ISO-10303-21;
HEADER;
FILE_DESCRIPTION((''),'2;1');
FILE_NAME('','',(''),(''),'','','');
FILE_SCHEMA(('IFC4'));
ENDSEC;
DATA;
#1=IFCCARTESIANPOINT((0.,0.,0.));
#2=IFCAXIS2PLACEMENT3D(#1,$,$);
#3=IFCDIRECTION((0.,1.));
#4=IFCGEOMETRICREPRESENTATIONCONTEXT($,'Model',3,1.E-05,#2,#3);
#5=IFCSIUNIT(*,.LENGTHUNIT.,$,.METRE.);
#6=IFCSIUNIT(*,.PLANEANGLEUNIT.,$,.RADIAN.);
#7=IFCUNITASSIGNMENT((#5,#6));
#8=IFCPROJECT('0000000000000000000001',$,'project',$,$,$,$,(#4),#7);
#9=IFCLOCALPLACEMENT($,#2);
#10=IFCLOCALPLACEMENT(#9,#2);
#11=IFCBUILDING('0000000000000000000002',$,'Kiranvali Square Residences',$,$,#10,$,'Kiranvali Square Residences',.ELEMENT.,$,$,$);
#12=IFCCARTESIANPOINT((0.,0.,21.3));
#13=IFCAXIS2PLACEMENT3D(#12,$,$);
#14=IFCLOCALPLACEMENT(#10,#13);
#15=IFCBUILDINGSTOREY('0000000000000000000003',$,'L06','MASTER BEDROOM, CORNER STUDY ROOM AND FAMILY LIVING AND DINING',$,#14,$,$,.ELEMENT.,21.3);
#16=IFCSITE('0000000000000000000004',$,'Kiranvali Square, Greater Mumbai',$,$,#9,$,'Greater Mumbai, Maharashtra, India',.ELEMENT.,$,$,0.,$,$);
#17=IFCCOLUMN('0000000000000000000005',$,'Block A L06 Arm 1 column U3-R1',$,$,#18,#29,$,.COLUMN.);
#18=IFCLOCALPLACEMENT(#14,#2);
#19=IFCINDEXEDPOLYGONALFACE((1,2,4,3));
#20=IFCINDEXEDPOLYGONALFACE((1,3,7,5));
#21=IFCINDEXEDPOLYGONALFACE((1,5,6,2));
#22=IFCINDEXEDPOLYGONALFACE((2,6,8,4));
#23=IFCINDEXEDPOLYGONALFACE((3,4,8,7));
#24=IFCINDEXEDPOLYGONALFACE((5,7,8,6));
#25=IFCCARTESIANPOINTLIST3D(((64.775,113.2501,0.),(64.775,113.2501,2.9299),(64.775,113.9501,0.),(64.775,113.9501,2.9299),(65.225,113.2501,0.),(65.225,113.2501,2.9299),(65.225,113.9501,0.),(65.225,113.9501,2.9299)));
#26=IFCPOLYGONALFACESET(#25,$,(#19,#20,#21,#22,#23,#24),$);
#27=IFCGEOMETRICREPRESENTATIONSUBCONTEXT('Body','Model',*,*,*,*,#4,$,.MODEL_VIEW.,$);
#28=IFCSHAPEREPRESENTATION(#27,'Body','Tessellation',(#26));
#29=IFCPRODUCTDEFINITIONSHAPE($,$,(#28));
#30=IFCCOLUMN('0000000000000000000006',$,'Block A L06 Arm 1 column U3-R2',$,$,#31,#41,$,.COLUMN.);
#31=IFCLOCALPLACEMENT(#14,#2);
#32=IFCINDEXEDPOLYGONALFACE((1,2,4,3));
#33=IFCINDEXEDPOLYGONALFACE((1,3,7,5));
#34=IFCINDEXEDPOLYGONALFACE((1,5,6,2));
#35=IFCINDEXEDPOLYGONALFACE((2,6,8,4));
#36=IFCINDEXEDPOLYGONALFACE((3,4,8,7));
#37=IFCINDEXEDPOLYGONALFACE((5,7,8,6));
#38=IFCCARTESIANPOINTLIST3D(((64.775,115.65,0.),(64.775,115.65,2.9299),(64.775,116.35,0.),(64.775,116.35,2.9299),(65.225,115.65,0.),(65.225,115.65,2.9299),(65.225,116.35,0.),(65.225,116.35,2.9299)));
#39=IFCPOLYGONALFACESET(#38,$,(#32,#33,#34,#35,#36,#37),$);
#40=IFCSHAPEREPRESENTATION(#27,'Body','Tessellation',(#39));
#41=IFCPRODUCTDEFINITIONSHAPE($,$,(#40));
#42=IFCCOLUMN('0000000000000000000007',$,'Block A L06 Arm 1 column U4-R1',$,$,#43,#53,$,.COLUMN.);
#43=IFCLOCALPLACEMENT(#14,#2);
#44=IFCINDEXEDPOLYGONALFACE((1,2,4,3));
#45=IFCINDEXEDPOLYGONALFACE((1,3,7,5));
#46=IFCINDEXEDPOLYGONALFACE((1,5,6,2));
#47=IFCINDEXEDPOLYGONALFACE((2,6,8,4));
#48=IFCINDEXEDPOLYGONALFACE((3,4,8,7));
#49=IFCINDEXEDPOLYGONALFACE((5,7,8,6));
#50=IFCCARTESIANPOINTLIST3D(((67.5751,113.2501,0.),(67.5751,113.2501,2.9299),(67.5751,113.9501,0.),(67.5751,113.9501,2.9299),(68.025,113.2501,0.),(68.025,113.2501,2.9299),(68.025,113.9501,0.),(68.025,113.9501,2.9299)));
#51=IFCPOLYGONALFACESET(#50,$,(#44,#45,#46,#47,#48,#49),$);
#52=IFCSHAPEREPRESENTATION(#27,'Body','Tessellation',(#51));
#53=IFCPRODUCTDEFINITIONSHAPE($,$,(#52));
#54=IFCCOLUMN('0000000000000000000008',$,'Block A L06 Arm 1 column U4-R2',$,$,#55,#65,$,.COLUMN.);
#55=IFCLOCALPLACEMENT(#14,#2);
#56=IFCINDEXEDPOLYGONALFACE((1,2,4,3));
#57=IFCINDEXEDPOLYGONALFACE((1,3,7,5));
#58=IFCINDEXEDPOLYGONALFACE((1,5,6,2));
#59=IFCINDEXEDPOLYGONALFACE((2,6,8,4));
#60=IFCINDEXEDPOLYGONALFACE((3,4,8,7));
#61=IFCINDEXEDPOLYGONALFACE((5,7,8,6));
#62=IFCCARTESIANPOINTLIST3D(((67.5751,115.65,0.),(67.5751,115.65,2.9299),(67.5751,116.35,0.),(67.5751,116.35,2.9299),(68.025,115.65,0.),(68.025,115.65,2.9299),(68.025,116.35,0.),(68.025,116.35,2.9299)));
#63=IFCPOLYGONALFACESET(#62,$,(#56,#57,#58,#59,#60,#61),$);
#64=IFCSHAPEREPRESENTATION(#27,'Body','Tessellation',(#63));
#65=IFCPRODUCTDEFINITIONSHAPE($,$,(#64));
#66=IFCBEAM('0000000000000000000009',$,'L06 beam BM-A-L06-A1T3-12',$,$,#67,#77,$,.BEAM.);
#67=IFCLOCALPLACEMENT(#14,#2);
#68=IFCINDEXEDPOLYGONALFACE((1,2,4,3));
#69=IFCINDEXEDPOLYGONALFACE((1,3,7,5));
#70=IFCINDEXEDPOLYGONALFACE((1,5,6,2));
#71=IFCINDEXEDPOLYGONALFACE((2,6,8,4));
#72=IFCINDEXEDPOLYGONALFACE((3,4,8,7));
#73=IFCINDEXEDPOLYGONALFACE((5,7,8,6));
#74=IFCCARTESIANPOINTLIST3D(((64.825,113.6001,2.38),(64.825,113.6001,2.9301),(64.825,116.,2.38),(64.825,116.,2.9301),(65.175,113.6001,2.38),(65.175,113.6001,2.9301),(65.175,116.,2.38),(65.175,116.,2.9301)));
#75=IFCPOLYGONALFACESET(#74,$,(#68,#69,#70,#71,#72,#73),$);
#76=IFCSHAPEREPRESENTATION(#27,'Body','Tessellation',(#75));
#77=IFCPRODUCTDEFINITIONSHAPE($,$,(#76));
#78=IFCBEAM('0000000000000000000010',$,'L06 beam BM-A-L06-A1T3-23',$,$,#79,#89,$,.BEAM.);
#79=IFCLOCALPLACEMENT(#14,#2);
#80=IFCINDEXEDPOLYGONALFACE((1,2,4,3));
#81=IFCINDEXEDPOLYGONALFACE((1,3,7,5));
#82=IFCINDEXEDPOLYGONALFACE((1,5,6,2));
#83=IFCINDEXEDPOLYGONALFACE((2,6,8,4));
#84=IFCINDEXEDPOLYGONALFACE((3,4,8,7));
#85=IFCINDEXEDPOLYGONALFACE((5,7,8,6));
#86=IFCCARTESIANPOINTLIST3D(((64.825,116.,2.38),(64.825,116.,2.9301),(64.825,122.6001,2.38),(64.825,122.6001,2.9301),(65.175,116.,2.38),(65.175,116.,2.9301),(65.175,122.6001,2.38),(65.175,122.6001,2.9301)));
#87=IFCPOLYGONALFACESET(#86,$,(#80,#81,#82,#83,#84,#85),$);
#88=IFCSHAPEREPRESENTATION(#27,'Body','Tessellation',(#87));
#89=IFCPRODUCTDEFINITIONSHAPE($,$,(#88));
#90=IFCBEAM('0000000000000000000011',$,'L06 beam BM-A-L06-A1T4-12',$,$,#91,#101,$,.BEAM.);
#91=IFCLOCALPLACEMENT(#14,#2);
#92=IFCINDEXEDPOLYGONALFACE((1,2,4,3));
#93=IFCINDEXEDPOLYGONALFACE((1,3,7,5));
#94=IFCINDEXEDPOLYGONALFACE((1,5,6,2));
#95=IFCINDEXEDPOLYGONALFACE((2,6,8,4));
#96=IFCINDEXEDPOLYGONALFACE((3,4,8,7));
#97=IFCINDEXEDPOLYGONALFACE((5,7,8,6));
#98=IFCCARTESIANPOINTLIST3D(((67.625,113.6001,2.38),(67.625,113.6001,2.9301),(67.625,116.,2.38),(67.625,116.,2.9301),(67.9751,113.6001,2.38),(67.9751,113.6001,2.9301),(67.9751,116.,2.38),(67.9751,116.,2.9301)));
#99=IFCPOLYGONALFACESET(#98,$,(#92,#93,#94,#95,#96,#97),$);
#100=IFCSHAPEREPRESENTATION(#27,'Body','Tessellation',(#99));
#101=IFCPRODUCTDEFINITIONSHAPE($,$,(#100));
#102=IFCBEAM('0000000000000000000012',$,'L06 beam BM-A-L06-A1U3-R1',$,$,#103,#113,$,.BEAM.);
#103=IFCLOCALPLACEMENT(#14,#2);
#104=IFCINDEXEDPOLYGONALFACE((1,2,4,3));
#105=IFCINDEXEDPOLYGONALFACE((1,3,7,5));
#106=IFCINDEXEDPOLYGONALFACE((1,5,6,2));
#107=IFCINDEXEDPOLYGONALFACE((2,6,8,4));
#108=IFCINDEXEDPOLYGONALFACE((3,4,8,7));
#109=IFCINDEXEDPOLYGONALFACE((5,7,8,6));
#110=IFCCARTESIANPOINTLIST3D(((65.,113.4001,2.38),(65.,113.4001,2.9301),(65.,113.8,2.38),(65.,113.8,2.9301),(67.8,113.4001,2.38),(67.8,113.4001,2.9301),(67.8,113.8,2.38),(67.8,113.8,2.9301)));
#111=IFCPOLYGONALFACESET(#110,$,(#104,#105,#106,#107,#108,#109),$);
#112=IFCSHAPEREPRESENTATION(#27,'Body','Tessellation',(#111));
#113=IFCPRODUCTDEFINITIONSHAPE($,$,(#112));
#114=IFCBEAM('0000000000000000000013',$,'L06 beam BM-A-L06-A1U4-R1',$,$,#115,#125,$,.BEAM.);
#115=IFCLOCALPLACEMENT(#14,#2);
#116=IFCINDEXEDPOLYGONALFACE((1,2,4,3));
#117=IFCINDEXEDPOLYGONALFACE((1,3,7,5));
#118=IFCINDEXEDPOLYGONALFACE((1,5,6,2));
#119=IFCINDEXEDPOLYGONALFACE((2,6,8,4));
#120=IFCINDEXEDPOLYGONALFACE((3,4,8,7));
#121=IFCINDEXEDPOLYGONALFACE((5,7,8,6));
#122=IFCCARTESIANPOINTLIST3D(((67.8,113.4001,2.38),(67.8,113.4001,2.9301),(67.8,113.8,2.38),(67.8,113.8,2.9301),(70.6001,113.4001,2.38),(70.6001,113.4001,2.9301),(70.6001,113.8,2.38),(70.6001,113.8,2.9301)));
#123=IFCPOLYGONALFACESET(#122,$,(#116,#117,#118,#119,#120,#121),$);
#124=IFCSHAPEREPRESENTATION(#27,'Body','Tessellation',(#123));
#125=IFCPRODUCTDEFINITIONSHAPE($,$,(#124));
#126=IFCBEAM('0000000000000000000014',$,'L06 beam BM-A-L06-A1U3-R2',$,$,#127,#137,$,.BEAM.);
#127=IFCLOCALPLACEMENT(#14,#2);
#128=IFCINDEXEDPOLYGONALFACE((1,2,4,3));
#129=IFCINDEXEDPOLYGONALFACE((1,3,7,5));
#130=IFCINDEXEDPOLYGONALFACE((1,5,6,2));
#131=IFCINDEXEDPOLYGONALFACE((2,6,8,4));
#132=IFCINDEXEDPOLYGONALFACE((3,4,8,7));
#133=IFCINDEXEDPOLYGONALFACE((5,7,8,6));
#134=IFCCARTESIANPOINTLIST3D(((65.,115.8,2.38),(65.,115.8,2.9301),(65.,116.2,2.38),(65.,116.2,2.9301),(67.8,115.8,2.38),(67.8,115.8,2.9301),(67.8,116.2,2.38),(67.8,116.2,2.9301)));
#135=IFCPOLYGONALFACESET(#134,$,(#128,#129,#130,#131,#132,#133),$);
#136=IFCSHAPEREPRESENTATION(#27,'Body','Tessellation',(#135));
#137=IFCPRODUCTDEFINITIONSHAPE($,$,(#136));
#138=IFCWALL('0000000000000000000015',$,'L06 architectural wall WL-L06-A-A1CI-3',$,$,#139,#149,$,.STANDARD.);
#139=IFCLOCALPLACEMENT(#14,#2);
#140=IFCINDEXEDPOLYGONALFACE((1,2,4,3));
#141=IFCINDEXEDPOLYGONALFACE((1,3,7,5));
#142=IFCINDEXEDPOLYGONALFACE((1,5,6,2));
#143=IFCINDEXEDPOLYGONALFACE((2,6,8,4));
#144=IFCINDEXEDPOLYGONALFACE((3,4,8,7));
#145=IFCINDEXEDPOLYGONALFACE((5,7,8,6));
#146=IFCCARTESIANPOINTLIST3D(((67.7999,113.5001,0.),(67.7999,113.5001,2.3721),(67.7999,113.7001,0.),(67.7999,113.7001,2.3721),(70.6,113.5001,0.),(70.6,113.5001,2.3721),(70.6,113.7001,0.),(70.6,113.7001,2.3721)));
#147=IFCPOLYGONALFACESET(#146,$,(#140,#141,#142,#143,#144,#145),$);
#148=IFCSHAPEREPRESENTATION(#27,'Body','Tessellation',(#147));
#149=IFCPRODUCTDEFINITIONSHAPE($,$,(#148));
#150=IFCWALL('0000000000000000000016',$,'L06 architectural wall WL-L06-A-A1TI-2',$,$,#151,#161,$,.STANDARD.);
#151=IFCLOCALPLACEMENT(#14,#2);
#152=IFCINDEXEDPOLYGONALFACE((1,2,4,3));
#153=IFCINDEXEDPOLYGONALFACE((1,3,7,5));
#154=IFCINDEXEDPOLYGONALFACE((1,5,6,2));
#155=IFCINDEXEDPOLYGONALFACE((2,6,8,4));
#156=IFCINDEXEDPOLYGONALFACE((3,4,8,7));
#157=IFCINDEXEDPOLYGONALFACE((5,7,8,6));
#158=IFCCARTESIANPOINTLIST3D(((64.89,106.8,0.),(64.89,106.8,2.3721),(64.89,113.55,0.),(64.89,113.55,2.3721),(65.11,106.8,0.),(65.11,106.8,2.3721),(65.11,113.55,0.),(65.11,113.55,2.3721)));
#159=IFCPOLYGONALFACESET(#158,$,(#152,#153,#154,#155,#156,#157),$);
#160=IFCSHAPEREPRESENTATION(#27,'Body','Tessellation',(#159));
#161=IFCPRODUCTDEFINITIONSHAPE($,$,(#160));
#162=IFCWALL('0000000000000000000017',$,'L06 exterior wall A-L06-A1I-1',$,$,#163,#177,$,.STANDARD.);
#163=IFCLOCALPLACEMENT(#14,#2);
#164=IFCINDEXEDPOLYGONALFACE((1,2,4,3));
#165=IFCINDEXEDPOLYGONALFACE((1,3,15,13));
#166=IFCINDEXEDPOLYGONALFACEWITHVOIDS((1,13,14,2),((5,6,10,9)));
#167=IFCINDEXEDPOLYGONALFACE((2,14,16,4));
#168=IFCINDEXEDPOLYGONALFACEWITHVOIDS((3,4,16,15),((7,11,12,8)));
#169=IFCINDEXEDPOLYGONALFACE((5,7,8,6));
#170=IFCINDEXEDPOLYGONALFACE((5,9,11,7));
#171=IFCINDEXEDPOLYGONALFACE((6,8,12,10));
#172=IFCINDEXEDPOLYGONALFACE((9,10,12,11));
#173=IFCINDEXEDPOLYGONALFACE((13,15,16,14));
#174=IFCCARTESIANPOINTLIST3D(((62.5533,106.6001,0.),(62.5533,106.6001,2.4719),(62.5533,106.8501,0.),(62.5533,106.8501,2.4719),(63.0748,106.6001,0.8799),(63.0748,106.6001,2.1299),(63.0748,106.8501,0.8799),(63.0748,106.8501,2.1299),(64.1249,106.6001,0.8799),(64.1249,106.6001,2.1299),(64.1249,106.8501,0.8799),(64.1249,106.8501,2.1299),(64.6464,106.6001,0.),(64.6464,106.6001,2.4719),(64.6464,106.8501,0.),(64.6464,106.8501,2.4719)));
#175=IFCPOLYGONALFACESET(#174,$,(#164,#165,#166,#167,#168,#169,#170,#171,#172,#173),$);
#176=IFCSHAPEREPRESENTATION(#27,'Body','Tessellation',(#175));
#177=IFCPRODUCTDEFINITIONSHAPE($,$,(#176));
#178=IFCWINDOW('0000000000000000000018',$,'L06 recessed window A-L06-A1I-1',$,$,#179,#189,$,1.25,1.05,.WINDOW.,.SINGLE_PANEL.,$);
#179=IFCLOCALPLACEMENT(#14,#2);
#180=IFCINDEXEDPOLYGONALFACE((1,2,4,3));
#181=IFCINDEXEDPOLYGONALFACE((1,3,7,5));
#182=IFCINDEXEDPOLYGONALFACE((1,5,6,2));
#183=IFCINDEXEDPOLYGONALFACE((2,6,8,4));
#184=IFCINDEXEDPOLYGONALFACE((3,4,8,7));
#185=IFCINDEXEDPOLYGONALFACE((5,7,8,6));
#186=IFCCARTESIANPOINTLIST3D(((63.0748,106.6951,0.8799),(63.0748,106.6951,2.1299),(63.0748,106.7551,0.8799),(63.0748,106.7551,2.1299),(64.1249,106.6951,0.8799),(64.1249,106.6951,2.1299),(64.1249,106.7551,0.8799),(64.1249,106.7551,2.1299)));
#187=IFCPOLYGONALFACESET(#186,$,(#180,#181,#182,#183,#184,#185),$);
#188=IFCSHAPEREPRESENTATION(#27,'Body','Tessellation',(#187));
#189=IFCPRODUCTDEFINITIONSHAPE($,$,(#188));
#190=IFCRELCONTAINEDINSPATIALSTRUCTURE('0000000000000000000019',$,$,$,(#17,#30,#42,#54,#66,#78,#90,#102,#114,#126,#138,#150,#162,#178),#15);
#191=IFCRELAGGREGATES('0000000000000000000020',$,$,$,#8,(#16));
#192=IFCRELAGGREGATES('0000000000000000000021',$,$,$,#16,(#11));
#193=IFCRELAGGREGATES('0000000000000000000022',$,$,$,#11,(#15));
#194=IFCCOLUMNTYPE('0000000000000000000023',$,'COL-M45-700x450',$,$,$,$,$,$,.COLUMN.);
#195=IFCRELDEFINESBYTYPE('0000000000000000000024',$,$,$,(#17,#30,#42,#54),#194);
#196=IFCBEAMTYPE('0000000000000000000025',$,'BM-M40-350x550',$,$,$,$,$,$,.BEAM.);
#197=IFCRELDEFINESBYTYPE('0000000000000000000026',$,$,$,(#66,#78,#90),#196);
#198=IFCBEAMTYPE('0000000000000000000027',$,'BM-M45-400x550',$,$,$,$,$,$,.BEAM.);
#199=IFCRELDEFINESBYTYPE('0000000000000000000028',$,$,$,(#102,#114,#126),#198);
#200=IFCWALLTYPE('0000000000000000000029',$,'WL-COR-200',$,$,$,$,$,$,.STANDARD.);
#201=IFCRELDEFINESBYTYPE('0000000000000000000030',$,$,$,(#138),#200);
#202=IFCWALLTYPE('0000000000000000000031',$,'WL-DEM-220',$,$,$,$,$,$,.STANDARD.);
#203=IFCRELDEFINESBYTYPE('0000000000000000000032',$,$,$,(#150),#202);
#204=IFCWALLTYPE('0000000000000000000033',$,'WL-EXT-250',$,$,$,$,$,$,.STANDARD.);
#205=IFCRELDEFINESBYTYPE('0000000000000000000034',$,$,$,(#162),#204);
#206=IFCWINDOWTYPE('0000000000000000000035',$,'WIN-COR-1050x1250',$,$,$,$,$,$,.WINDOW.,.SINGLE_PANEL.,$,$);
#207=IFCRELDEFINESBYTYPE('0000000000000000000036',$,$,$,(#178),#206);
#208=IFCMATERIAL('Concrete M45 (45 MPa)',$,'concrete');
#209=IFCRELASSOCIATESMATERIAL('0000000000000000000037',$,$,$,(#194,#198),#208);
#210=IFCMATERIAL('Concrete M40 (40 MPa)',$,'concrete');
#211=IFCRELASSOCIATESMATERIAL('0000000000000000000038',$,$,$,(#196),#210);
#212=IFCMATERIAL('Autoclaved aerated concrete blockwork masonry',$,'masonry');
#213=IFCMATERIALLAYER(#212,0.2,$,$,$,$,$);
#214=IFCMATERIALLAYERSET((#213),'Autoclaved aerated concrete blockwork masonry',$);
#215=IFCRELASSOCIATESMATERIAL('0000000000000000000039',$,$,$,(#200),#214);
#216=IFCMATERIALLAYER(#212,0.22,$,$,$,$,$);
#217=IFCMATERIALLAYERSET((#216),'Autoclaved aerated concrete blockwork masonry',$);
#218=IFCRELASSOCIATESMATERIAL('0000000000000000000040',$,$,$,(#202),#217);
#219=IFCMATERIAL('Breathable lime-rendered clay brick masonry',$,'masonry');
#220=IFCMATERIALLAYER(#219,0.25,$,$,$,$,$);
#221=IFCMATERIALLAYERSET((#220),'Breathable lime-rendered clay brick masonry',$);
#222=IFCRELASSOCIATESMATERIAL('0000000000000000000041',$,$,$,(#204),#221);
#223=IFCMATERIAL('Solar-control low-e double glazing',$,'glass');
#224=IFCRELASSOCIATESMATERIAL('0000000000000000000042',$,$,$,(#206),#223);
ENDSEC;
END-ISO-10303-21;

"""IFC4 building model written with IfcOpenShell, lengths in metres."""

from ifc_helpers import new_model, si_unit, direction, frame, frame_2d, origin, origin_2d, place, context, subcontext, project, spatial, rectangle, extrude, material, layer, layer_set, material_profile, profile_set, type_object, element, fill, save


model = new_model("IFC4")

# Units and contexts
model_context = context("Model", 3, precision=1e-05, world=origin(), true_north=direction((0.0, 1.0)))
body_context = subcontext(model_context, "Body", "Model", "MODEL_VIEW")
ifc_project = project(units=[si_unit("LENGTHUNIT", "METRE"), si_unit("PLANEANGLEUNIT", "RADIAN")], contexts=[model_context])

# Site, building, storey
site_placement = place(None, origin())
site = spatial("IfcSite", under=ifc_project, at=site_placement, Name="Kiranvali Square, Greater Mumbai", LongName="Greater Mumbai, Maharashtra, India", CompositionType="ELEMENT", RefElevation=0.0)
building_placement = place(site_placement, origin())
building = spatial("IfcBuilding", under=site, at=building_placement, Name="Kiranvali Square Residences", LongName="Kiranvali Square Residences", CompositionType="ELEMENT")
storey_placement = place(building_placement, frame((0.0, 0.0, 21.3)))
storey = spatial("IfcBuildingStorey", under=building, at=storey_placement, Name="L06", Description="MASTER BEDROOM, CORNER STUDY ROOM AND FAMILY LIVING AND DINING", CompositionType="ELEMENT", Elevation=21.3)

# Columns
ifc_material_1 = material(Name="Concrete M45 (45 MPa)", Category="concrete")
ifc_material_profile_1 = material_profile(ifc_material_1, rectangle(XDim=0.45, YDim=0.7, at=origin_2d()), Name="RC 700x450")
ifc_profile_set_1 = profile_set([ifc_material_profile_1], Name="Concrete M45 (45 MPa)")
column_type = type_object("IfcColumnType", Name="COL-M45-700x450", PredefinedType="COLUMN", material=ifc_profile_set_1)
for number, where, z_axis, x_axis, name in (
    (1, (65.0, 113.6001, 0.0), (0.0, 0.0, 1.0), (1.0, 0.0, 0.0), "Block A L06 Arm 1 column U3-R1"),
    (2, (65.0, 116.0, 0.0), (0.0, 0.0, 1.0), (1.0, 0.0, 0.0), "Block A L06 Arm 1 column U3-R2"),
    (3, (67.8, 113.6001, 0.0), (0.0, 0.0, 1.0), (1.0, 0.0, 0.0), "Block A L06 Arm 1 column U4-R1"),
    (4, (67.8, 116.0, 0.0), (0.0, 0.0, 1.0), (1.0, 0.0, 0.0), "Block A L06 Arm 1 column U4-R2"),
):
    element("IfcColumn", number, at=place(storey_placement, frame(where, z_axis=z_axis, x_axis=x_axis)), inside=storey, type_object=column_type, Name=name, PredefinedType="COLUMN", context=body_context, shape_type="SweptSolid", body=[
        extrude(rectangle(XDim=0.45, YDim=0.7, at=origin_2d()), origin(), (0.0, 0.0, 1.0), 2.9299),
    ])

# Beams
ifc_material_2 = material(Name="Concrete M40 (40 MPa)", Category="concrete")
ifc_material_profile_2 = material_profile(ifc_material_2, rectangle(XDim=0.3501, YDim=0.55, at=origin_2d()), Name="RC 350x550")
ifc_profile_set_2 = profile_set([ifc_material_profile_2], Name="Concrete M40 (40 MPa)")
beam_type_1 = type_object("IfcBeamType", Name="BM-M40-350x550", PredefinedType="BEAM", material=ifc_profile_set_2)
beam_1_placement = place(storey_placement, frame((65.0, 113.6001, 2.655), z_axis=(0.0, 1.0, 0.0), x_axis=(-1.0, 0.0, 0.0)))
element("IfcBeam", 5, at=beam_1_placement, inside=storey, type_object=beam_type_1, Name="L06 beam BM-A-L06-A1T3-12", PredefinedType="BEAM", context=body_context, shape_type="SweptSolid", body=[
    extrude(rectangle(XDim=0.3501, YDim=0.55, at=origin_2d()), origin(), (0.0, 0.0, 1.0), 2.3999),
])
beam_2_placement = place(storey_placement, frame((65.0, 116.0, 2.655), z_axis=(0.0, 1.0, 0.0), x_axis=(-1.0, 0.0, 0.0)))
element("IfcBeam", 6, at=beam_2_placement, inside=storey, type_object=beam_type_1, Name="L06 beam BM-A-L06-A1T3-23", PredefinedType="BEAM", context=body_context, shape_type="SweptSolid", body=[
    extrude(rectangle(XDim=0.3501, YDim=0.55, at=origin_2d()), origin(), (0.0, 0.0, 1.0), 6.6001),
])
beam_3_placement = place(storey_placement, frame((67.8, 113.6001, 2.655), z_axis=(0.0, 1.0, 0.0), x_axis=(-1.0, 0.0, 0.0)))
element("IfcBeam", 7, at=beam_3_placement, inside=storey, type_object=beam_type_1, Name="L06 beam BM-A-L06-A1T4-12", PredefinedType="BEAM", context=body_context, shape_type="SweptSolid", body=[
    extrude(rectangle(XDim=0.3501, YDim=0.55, at=origin_2d()), origin(), (0.0, 0.0, 1.0), 2.3999),
])
ifc_material_profile_3 = material_profile(ifc_material_1, rectangle(XDim=0.3999, YDim=0.55, at=origin_2d()), Name="RC 400x550")
ifc_profile_set_3 = profile_set([ifc_material_profile_3], Name="Concrete M45 (45 MPa)")
beam_type_2 = type_object("IfcBeamType", Name="BM-M45-400x550", PredefinedType="BEAM", material=ifc_profile_set_3)
for number, where, z_axis, x_axis, name in (
    (8, (65.0, 113.6001, 2.655), (1.0, 0.0, 0.0), (0.0, 1.0, 0.0), "L06 beam BM-A-L06-A1U3-R1"),
    (9, (67.8, 113.6001, 2.655), (1.0, 0.0, 0.0), (0.0, 1.0, 0.0), "L06 beam BM-A-L06-A1U4-R1"),
    (10, (65.0, 116.0, 2.655), (1.0, 0.0, 0.0), (0.0, 1.0, 0.0), "L06 beam BM-A-L06-A1U3-R2"),
):
    element("IfcBeam", number, at=place(storey_placement, frame(where, z_axis=z_axis, x_axis=x_axis)), inside=storey, type_object=beam_type_2, Name=name, PredefinedType="BEAM", context=body_context, shape_type="SweptSolid", body=[
        extrude(rectangle(XDim=0.3999, YDim=0.55, at=origin_2d()), origin(), (0.0, 0.0, 1.0), 2.8),
    ])

# Shared definitions
ifc_material_3 = material(Name="Autoclaved aerated concrete blockwork masonry", Category="masonry")
ifc_layer_1 = layer(ifc_material_3, 0.2)
ifc_layer_set_1 = layer_set([ifc_layer_1], Name="Autoclaved aerated concrete blockwork masonry")
wall_type_1 = type_object("IfcWallType", Name="WL-COR-200", PredefinedType="STANDARD", material=ifc_layer_set_1)

# Walls
wall_1_placement = place(storey_placement, frame((67.8, 113.6001, 0.0), z_axis=(0.0, 0.0, 1.0), x_axis=(1.0, 0.0, 0.0)))
element("IfcWall", 11, at=wall_1_placement, inside=storey, type_object=wall_type_1, Name="L06 architectural wall WL-L06-A-A1CI-3", PredefinedType="STANDARD", context=body_context, shape_type="SweptSolid", body=[
    extrude(rectangle(XDim=2.8, YDim=0.2, at=frame_2d((1.3999, 0.0))), origin(), (0.0, 0.0, 1.0), 2.3721),
])
ifc_layer_2 = layer(ifc_material_3, 0.22)
ifc_layer_set_2 = layer_set([ifc_layer_2], Name="Autoclaved aerated concrete blockwork masonry")
wall_type_2 = type_object("IfcWallType", Name="WL-DEM-220", PredefinedType="STANDARD", material=ifc_layer_set_2)
wall_2_placement = place(storey_placement, frame((65.0, 106.8, 0.0), z_axis=(0.0, 0.0, 1.0), x_axis=(0.0, 1.0, 0.0)))
element("IfcWall", 12, at=wall_2_placement, inside=storey, type_object=wall_type_2, Name="L06 architectural wall WL-L06-A-A1TI-2", PredefinedType="STANDARD", context=body_context, shape_type="SweptSolid", body=[
    extrude(rectangle(XDim=6.75, YDim=0.22, at=frame_2d((3.375, 0.0))), origin(), (0.0, 0.0, 1.0), 2.3721),
])

# Wall, opening, window
ifc_material_4 = material(Name="Breathable lime-rendered clay brick masonry", Category="masonry")
ifc_layer_3 = layer(ifc_material_4, 0.25)
ifc_layer_set_3 = layer_set([ifc_layer_3], Name="Breathable lime-rendered clay brick masonry")
wall_type_3 = type_object("IfcWallType", Name="WL-EXT-250", PredefinedType="STANDARD", material=ifc_layer_set_3)
wall_3_placement = place(storey_placement, frame((62.5535, 106.7251, 0.0), z_axis=(0.0, 0.0, 1.0), x_axis=(1.0, 0.0, 0.0)))
wall_3 = element("IfcWall", 13, at=wall_3_placement, inside=storey, type_object=wall_type_3, Name="L06 exterior wall A-L06-A1I-1", PredefinedType="STANDARD", context=body_context, shape_type="SweptSolid", body=[
    extrude(rectangle(XDim=2.093, YDim=0.25, at=frame_2d((1.0464, 0.0))), origin(), (0.0, 0.0, 1.0), 2.4719),
])
opening_1_placement = place(wall_3_placement, frame((0.5215, 0.0, 0.8799)))
opening_1 = element("IfcOpeningElement", 14, at=opening_1_placement, cuts=wall_3, PredefinedType="OPENING", context=body_context, shape_type="SweptSolid", body=[
    extrude(rectangle(XDim=1.05, YDim=1.25, at=frame_2d((0.5249, 0.625))), frame((0.0, 0.135, 0.0), z_axis=(0.0, -1.0, 0.0), x_axis=(1.0, 0.0, 0.0)), (0.0, 0.0, 1.0), 0.27),
])
ifc_material_5 = material(Name="Solar-control low-e double glazing", Category="glass")
window_type = type_object("IfcWindowType", Name="WIN-COR-1050x1250", PartitioningType="SINGLE_PANEL", PredefinedType="WINDOW", material=ifc_material_5)
window_1_placement = place(opening_1_placement, origin())
window_1 = element("IfcWindow", 15, at=window_1_placement, inside=storey, type_object=window_type, Name="L06 recessed window A-L06-A1I-1", OverallHeight=1.25, OverallWidth=1.05, PartitioningType="SINGLE_PANEL", PredefinedType="WINDOW", context=body_context, shape_type="SweptSolid", body=[
    extrude(rectangle(XDim=1.05, YDim=1.25, at=frame_2d((0.5249, 0.625))), frame((0.0, 0.03, 0.0), z_axis=(0.0, -1.0, 0.0), x_axis=(1.0, 0.0, 0.0)), (0.0, 0.0, 1.0), 0.0601),
])
fill(opening_1, window_1)

save(model, "model.ifc")
